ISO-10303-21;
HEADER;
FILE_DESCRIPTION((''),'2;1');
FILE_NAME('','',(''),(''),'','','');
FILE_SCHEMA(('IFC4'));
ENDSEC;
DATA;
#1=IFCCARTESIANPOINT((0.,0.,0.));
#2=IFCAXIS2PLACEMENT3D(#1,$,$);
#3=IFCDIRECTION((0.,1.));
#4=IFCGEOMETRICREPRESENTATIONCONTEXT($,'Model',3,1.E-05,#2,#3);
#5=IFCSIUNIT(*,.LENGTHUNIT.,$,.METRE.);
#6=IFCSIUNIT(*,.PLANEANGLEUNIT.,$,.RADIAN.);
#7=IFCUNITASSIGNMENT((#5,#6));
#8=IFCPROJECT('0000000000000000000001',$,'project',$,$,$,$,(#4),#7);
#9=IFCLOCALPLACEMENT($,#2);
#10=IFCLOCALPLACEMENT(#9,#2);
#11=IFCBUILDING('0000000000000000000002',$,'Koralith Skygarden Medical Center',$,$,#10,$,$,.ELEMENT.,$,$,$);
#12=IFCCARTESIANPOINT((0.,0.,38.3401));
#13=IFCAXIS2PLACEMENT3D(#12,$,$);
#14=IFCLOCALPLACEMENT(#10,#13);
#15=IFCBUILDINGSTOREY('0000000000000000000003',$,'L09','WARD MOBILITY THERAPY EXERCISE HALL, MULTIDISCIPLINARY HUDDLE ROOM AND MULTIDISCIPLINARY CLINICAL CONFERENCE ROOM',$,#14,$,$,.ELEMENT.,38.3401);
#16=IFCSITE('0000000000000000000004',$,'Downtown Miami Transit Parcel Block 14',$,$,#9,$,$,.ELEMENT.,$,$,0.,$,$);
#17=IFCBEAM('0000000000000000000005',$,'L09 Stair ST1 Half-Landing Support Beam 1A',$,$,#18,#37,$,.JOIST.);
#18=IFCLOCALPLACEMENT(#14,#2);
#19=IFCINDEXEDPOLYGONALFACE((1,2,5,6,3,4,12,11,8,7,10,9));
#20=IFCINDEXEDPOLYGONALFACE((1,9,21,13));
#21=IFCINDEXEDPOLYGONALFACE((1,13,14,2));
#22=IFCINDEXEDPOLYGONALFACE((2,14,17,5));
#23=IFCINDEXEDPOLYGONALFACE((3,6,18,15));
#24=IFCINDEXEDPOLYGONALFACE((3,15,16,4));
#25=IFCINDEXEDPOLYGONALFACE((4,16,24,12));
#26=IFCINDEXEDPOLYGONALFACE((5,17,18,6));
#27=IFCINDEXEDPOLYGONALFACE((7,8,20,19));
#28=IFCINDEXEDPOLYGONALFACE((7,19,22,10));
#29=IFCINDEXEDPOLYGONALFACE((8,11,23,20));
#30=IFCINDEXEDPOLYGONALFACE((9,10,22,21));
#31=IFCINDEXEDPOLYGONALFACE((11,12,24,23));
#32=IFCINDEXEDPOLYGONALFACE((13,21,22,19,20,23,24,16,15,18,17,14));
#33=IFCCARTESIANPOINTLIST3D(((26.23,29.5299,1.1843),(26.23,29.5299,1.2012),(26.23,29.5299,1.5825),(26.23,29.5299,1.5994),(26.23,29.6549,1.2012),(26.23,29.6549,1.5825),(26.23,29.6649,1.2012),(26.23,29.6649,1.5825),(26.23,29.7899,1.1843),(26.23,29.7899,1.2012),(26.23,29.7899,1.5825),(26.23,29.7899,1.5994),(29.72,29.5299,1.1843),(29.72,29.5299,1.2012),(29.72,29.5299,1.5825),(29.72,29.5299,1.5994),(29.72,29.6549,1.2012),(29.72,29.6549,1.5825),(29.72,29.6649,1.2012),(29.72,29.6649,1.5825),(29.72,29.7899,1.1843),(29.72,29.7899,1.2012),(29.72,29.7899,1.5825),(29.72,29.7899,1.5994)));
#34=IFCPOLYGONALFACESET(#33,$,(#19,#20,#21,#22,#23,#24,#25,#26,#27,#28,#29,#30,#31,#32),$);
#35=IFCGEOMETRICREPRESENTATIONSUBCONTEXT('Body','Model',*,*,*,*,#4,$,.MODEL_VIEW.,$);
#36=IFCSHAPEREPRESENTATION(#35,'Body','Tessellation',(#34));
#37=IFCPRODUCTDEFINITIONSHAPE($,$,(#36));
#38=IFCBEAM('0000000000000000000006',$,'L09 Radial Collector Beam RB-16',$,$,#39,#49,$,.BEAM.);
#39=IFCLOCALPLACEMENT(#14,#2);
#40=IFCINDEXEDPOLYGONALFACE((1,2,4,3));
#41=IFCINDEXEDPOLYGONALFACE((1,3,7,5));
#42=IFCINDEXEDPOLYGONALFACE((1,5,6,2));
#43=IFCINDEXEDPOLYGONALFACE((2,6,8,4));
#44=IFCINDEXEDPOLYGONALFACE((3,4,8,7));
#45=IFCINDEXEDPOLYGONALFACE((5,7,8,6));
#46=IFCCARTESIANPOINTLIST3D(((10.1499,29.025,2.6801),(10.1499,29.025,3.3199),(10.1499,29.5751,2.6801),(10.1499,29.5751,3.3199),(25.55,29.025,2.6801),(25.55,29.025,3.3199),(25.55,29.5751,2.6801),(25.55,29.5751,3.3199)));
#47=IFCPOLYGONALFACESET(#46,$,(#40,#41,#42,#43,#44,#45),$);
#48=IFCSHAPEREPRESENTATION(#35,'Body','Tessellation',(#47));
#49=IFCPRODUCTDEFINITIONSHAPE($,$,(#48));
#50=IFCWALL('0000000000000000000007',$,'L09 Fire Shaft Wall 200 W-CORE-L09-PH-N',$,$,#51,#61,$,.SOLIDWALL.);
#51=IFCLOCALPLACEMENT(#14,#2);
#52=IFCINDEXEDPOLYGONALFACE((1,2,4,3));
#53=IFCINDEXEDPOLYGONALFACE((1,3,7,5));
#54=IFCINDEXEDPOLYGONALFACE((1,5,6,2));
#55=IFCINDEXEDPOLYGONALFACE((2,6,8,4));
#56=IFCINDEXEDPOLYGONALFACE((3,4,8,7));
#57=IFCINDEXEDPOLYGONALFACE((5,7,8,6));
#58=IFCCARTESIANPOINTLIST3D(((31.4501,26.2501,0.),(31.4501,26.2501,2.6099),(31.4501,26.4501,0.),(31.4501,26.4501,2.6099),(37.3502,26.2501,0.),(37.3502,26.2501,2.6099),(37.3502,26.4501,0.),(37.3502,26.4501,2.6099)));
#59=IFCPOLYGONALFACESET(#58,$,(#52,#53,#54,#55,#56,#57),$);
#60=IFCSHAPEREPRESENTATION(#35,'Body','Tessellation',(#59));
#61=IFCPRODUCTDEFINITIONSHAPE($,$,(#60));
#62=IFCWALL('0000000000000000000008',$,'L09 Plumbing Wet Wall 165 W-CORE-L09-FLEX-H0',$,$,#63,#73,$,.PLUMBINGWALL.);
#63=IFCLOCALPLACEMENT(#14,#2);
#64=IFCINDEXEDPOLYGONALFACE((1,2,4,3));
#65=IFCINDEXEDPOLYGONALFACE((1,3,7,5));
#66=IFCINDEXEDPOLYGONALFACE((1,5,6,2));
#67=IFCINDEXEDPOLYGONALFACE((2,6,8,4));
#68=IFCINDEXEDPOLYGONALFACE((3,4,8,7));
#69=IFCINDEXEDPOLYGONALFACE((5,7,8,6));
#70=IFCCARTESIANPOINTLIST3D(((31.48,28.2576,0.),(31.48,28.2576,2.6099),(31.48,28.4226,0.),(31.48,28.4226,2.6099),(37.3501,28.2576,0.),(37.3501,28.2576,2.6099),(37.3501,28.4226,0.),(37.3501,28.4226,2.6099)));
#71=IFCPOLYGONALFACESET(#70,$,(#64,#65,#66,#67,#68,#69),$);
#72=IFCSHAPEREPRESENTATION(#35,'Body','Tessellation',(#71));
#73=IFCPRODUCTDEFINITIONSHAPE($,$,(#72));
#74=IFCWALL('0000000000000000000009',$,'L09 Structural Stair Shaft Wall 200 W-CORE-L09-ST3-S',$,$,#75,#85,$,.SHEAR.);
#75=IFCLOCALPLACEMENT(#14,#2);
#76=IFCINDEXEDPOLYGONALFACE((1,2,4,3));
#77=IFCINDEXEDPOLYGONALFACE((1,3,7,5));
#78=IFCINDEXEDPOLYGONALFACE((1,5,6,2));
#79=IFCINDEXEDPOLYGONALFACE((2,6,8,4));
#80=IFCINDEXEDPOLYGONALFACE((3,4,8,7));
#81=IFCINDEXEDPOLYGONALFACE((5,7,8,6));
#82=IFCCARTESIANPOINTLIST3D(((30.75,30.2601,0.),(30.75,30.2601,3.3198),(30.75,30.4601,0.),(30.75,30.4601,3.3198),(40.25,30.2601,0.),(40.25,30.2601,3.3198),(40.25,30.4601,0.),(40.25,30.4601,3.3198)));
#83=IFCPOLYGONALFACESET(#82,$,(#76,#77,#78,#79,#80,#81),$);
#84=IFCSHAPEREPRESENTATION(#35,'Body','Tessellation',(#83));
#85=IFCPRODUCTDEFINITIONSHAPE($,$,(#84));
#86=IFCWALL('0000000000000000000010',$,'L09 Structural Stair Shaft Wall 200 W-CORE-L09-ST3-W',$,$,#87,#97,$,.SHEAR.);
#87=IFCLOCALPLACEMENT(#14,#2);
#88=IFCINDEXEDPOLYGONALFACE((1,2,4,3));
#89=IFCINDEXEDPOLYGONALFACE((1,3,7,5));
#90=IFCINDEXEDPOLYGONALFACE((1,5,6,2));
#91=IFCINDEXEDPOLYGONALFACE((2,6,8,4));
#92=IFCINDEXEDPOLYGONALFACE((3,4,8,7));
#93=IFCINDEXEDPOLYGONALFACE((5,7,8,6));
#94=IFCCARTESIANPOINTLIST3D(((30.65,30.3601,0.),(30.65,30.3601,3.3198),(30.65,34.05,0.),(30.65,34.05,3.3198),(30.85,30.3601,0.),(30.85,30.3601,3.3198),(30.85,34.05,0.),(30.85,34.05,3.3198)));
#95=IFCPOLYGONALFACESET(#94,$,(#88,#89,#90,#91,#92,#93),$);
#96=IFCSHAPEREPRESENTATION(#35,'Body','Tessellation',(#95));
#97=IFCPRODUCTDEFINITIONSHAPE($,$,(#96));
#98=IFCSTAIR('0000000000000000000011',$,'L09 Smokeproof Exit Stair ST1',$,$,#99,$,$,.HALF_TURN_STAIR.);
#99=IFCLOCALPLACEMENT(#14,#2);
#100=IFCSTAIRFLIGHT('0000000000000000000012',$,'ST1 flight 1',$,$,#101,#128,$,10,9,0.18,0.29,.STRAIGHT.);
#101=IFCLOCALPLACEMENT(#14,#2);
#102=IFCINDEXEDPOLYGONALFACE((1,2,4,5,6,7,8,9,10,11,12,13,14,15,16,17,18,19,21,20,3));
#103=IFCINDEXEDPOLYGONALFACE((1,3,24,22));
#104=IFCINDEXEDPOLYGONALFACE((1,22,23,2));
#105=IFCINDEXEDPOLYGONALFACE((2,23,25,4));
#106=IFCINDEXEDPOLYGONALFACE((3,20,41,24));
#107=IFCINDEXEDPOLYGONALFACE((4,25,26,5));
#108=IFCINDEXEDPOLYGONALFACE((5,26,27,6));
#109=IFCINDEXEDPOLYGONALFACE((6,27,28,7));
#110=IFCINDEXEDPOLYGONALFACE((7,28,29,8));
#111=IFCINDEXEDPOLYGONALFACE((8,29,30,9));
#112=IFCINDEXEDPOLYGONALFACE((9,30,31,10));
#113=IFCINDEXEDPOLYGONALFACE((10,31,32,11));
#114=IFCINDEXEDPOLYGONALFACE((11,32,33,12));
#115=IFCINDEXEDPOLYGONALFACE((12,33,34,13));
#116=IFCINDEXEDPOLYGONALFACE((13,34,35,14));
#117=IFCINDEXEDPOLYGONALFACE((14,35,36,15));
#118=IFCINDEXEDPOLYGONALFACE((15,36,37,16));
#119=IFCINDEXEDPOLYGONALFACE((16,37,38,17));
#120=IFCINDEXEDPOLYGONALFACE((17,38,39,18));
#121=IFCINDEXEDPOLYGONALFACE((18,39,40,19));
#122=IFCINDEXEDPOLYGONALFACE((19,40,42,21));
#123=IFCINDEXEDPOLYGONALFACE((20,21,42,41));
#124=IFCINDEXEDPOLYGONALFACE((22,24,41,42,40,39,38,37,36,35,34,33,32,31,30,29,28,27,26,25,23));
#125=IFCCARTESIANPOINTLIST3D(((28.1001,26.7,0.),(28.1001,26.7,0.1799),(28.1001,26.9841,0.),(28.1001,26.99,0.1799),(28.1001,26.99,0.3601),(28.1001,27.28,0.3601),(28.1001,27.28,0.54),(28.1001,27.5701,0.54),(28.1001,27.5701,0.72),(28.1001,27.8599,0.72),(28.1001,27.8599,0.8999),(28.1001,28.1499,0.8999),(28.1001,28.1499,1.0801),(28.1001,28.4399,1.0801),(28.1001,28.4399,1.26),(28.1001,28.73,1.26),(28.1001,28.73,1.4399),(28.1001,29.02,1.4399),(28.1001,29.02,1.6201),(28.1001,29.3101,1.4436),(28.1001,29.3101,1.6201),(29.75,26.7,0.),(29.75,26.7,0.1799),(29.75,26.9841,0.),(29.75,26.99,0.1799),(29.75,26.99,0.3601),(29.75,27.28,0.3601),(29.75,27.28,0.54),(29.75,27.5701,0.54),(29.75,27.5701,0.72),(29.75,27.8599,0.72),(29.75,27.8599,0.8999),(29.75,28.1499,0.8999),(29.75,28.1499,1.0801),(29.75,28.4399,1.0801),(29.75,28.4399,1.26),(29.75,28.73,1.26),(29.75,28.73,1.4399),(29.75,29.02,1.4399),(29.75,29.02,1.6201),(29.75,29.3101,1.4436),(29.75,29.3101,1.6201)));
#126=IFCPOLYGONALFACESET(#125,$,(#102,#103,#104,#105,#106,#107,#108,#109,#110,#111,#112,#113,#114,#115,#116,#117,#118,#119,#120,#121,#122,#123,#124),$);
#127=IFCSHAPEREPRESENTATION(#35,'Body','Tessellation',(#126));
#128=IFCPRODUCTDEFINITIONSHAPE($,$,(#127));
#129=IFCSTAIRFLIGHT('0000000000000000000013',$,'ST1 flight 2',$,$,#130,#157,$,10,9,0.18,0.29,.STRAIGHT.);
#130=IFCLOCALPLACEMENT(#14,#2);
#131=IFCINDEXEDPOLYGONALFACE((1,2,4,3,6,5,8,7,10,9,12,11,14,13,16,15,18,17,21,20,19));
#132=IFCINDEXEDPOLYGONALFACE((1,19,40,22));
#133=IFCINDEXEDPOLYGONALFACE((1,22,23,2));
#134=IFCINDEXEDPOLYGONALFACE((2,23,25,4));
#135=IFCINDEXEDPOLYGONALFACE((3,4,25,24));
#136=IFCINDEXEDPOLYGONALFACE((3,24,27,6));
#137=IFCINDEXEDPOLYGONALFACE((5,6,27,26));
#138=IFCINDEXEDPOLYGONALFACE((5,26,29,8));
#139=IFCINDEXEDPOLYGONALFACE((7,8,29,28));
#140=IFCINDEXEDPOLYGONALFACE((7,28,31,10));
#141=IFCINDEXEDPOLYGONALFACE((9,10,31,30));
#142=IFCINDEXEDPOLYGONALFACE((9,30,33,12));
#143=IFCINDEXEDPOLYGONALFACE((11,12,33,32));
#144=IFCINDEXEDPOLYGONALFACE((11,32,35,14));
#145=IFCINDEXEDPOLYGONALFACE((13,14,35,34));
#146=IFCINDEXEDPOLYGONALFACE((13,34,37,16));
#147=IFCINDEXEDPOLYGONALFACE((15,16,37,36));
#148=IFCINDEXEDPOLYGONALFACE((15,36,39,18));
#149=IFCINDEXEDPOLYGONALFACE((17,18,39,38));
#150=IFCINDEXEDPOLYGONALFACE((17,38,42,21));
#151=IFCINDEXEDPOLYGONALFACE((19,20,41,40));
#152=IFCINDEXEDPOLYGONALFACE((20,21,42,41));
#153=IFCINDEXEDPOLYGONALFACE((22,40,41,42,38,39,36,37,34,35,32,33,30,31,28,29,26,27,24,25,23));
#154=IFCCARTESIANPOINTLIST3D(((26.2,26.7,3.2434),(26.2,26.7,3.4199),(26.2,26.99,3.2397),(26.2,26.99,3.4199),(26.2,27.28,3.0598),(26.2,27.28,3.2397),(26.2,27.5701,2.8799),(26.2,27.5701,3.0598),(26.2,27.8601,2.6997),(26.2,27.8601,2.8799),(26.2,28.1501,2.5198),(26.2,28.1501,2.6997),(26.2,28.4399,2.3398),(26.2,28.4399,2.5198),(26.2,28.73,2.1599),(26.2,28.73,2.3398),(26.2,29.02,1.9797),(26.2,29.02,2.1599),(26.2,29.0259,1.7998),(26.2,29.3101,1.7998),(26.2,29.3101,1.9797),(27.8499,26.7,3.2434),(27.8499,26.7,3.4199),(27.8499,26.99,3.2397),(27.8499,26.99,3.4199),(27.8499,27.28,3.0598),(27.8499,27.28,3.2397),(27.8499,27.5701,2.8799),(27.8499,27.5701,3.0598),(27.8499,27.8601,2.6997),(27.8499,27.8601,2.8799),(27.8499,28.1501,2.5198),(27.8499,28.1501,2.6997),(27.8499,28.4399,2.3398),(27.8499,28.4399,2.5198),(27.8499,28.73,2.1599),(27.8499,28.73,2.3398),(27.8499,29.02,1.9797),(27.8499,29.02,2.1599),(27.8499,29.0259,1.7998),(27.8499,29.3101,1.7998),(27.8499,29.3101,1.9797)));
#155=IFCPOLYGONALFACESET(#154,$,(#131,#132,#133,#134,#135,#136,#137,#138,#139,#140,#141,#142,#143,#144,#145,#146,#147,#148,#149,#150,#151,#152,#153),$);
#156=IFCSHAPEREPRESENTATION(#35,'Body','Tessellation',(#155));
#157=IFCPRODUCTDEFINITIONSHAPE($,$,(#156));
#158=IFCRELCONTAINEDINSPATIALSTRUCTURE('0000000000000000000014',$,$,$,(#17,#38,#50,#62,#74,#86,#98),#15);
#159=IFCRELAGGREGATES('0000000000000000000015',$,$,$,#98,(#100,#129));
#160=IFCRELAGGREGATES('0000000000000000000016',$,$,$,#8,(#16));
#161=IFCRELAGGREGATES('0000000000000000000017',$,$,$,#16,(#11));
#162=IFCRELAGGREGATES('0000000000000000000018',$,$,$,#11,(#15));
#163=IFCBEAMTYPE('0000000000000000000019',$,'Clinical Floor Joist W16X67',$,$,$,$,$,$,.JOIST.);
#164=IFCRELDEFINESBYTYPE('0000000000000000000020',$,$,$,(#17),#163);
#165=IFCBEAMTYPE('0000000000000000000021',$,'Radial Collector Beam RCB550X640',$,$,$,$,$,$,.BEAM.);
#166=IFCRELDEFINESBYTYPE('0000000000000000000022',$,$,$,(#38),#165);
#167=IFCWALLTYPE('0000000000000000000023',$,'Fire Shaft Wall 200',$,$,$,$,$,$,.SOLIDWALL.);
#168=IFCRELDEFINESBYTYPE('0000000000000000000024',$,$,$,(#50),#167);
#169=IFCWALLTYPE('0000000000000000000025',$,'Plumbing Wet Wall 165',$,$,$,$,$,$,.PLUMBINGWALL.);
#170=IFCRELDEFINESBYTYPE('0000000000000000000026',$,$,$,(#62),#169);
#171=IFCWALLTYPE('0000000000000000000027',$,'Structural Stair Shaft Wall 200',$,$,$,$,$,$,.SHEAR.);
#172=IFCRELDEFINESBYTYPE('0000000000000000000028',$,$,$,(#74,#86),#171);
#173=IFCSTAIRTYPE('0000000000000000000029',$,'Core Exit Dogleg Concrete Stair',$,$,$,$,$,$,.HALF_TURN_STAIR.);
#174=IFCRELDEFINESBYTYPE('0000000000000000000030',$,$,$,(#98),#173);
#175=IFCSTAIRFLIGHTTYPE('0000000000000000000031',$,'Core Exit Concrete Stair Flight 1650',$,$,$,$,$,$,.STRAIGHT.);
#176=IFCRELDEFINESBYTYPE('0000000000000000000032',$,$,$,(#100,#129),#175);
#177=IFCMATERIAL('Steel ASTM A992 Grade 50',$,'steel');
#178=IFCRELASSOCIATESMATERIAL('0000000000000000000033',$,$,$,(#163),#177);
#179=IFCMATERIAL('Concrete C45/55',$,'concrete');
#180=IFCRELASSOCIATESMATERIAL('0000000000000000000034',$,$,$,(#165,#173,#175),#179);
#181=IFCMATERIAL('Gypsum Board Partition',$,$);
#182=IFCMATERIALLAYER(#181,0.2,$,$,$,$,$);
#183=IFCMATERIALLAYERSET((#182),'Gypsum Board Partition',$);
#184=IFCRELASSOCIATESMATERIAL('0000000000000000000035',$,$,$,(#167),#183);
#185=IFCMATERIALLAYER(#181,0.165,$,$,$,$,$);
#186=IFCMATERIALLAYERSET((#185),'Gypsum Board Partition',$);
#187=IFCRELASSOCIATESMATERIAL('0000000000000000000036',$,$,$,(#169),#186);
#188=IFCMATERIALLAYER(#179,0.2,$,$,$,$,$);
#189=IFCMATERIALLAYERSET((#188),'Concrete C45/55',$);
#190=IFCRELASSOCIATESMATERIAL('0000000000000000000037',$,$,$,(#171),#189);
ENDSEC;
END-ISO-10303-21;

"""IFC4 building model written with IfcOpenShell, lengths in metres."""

from ifc_helpers import new_model, si_unit, direction, frame, frame_2d, origin, origin_2d, place, context, subcontext, project, spatial, polyline, rectangle, i_section, outline, extrude, material, layer, layer_set, material_profile, profile_set, type_object, element, aggregate, save


model = new_model("IFC4")

# Units and contexts
model_context = context("Model", 3, precision=1e-05, world=origin(), true_north=direction((0.0, 1.0)))
body_context = subcontext(model_context, "Body", "Model", "MODEL_VIEW")
ifc_project = project(units=[si_unit("LENGTHUNIT", "METRE"), si_unit("PLANEANGLEUNIT", "RADIAN")], contexts=[model_context])

# Site, building, storey
site_placement = place(None, origin())
site = spatial("IfcSite", under=ifc_project, at=site_placement, Name="Downtown Miami Transit Parcel Block 14", CompositionType="ELEMENT", RefElevation=0.0)
building_placement = place(site_placement, origin())
building = spatial("IfcBuilding", under=site, at=building_placement, Name="Koralith Skygarden Medical Center", CompositionType="ELEMENT")
storey_placement = place(building_placement, frame((0.0, 0.0, 38.3401)))
storey = spatial("IfcBuildingStorey", under=building, at=storey_placement, Name="L09", Description="WARD MOBILITY THERAPY EXERCISE HALL, MULTIDISCIPLINARY HUDDLE ROOM AND MULTIDISCIPLINARY CLINICAL CONFERENCE ROOM", CompositionType="ELEMENT", Elevation=38.3401)

# Beams
ifc_material_1 = material(Name="Steel ASTM A992 Grade 50", Category="steel")
ifc_material_profile_1 = material_profile(ifc_material_1, i_section(OverallWidth=0.26, OverallDepth=0.415, WebThickness=0.01, FlangeThickness=0.0168, at=origin_2d()), Name="W16X67")
ifc_profile_set_1 = profile_set([ifc_material_profile_1], Name="Steel ASTM A992 Grade 50")
beam_type_1 = type_object("IfcBeamType", Name="Clinical Floor Joist W16X67", PredefinedType="JOIST", material=ifc_profile_set_1)
beam_1_placement = place(storey_placement, frame((26.23, 29.6599, 1.3918), z_axis=(1.0, 0.0, 0.0), x_axis=(0.0, 1.0, 0.0)))
element("IfcBeam", 1, at=beam_1_placement, inside=storey, type_object=beam_type_1, Name="L09 Stair ST1 Half-Landing Support Beam 1A", PredefinedType="JOIST", context=body_context, shape_type="SweptSolid", body=[
    extrude(i_section(OverallWidth=0.26, OverallDepth=0.415, WebThickness=0.01, FlangeThickness=0.0168, at=origin_2d()), origin(), (0.0, 0.0, 1.0), 3.49),
])
ifc_material_2 = material(Name="Concrete C45/55", Category="concrete")
ifc_material_profile_2 = material_profile(ifc_material_2, rectangle(XDim=0.55, YDim=0.6399, at=origin_2d()), Name="RCB550X640")
ifc_profile_set_2 = profile_set([ifc_material_profile_2], Name="Concrete C45/55")
beam_type_2 = type_object("IfcBeamType", Name="Radial Collector Beam RCB550X640", PredefinedType="BEAM", material=ifc_profile_set_2)
beam_2_placement = place(storey_placement, frame((25.55, 29.3, 3.0), z_axis=(-1.0, 0.0, 0.0), x_axis=(0.0, -1.0, 0.0)))
element("IfcBeam", 2, at=beam_2_placement, inside=storey, type_object=beam_type_2, Name="L09 Radial Collector Beam RB-16", PredefinedType="BEAM", context=body_context, shape_type="SweptSolid", body=[
    extrude(rectangle(XDim=0.55, YDim=0.6399, at=origin_2d()), origin(), (0.0, 0.0, 1.0), 15.4001),
])

# Wall
ifc_material_3 = material(Name="Gypsum Board Partition")
ifc_layer_1 = layer(ifc_material_3, 0.2)
ifc_layer_set_1 = layer_set([ifc_layer_1], Name="Gypsum Board Partition")
wall_type_1 = type_object("IfcWallType", Name="Fire Shaft Wall 200", PredefinedType="SOLIDWALL", material=ifc_layer_set_1)
wall_1_placement = place(storey_placement, frame((31.45, 26.3501, 0.0), z_axis=(0.0, 0.0, 1.0), x_axis=(1.0, 0.0, 0.0)))
element("IfcWall", 3, at=wall_1_placement, inside=storey, type_object=wall_type_1, Name="L09 Fire Shaft Wall 200 W-CORE-L09-PH-N", PredefinedType="SOLIDWALL", context=body_context, shape_type="SweptSolid", body=[
    extrude(rectangle(XDim=5.9001, YDim=0.2, at=frame_2d((2.9502, 0.0))), origin(), (0.0, 0.0, 1.0), 2.6099),
])

# Shared definitions
ifc_layer_2 = layer(ifc_material_3, 0.165)
ifc_layer_set_2 = layer_set([ifc_layer_2], Name="Gypsum Board Partition")
wall_type_2 = type_object("IfcWallType", Name="Plumbing Wet Wall 165", PredefinedType="PLUMBINGWALL", material=ifc_layer_set_2)

# Walls
wall_2_placement = place(storey_placement, frame((31.48, 28.3401, 0.0), z_axis=(0.0, 0.0, 1.0), x_axis=(1.0, 0.0, 0.0)))
element("IfcWall", 4, at=wall_2_placement, inside=storey, type_object=wall_type_2, Name="L09 Plumbing Wet Wall 165 W-CORE-L09-FLEX-H0", PredefinedType="PLUMBINGWALL", context=body_context, shape_type="SweptSolid", body=[
    extrude(rectangle(XDim=5.8701, YDim=0.165, at=frame_2d((2.9351, 0.0))), origin(), (0.0, 0.0, 1.0), 2.6099),
])
ifc_layer_3 = layer(ifc_material_2, 0.2)
ifc_layer_set_3 = layer_set([ifc_layer_3], Name="Concrete C45/55")
wall_type_3 = type_object("IfcWallType", Name="Structural Stair Shaft Wall 200", PredefinedType="SHEAR", material=ifc_layer_set_3)
wall_3_placement = place(storey_placement, frame((30.75, 30.3601, 0.0), z_axis=(0.0, 0.0, 1.0), x_axis=(1.0, 0.0, 0.0)))
element("IfcWall", 5, at=wall_3_placement, inside=storey, type_object=wall_type_3, Name="L09 Structural Stair Shaft Wall 200 W-CORE-L09-ST3-S", PredefinedType="SHEAR", context=body_context, shape_type="SweptSolid", body=[
    extrude(rectangle(XDim=9.5, YDim=0.2, at=frame_2d((4.75, 0.0))), origin(), (0.0, 0.0, 1.0), 3.3198),
])
wall_4_placement = place(storey_placement, frame((30.75, 30.3601, 0.0), z_axis=(0.0, 0.0, 1.0), x_axis=(0.0, 1.0, 0.0)))
element("IfcWall", 6, at=wall_4_placement, inside=storey, type_object=wall_type_3, Name="L09 Structural Stair Shaft Wall 200 W-CORE-L09-ST3-W", PredefinedType="SHEAR", context=body_context, shape_type="SweptSolid", body=[
    extrude(rectangle(XDim=3.6899, YDim=0.2, at=frame_2d((1.845, 0.0))), origin(), (0.0, 0.0, 1.0), 3.3198),
])

# Stair, stair flights
stair_type = type_object("IfcStairType", Name="Core Exit Dogleg Concrete Stair", PredefinedType="HALF_TURN_STAIR", material=ifc_material_2)
stair_1_placement = place(storey_placement, origin())
stair_1 = element("IfcStair", 7, at=stair_1_placement, inside=storey, type_object=stair_type, Name="L09 Smokeproof Exit Stair ST1", PredefinedType="HALF_TURN_STAIR")
stair_flight_type = type_object("IfcStairFlightType", Name="Core Exit Concrete Stair Flight 1650", PredefinedType="STRAIGHT", material=ifc_material_2)
stair_flight_1_placement = place(storey_placement, frame((28.925, 26.7, 0.0), z_axis=(0.0, 0.0, 1.0), x_axis=(0.0, 1.0, 0.0)))
stair_flight_1 = element("IfcStairFlight", 8, at=stair_flight_1_placement, type_object=stair_flight_type, Name="ST1 flight 1", NumberOfRisers=10, NumberOfTreads=9, PredefinedType="STRAIGHT", RiserHeight=0.18, TreadLength=0.29, context=body_context, shape_type="SweptSolid", body=[
    extrude(outline(polyline([(0.0, 0.0), (0.0, 0.1799), (0.29, 0.1799), (0.29, 0.3601), (0.5801, 0.3601), (0.5801, 0.54), (0.8701, 0.54), (0.8701, 0.72), (1.1599, 0.72), (1.1599, 0.8999), (1.45, 0.8999), (1.45, 1.0801), (1.74, 1.0801), (1.74, 1.26), (2.03, 1.26), (2.03, 1.4399), (2.3201, 1.4399), (2.3201, 1.6201), (2.6101, 1.6201), (2.6101, 1.8), (2.6101, 1.4436), (0.2842, 0.0), (0.0, 0.0)])), frame((0.0, 0.825, 0.0), z_axis=(0.0, -1.0, 0.0), x_axis=(1.0, 0.0, 0.0)), (0.0, 0.0, 1.0), 1.6499),
])
stair_flight_2_placement = place(storey_placement, frame((27.0249, 29.3101, 1.7998), z_axis=(0.0, 0.0, 1.0), x_axis=(0.0, -1.0, 0.0)))
stair_flight_2 = element("IfcStairFlight", 9, at=stair_flight_2_placement, type_object=stair_flight_type, Name="ST1 flight 2", NumberOfRisers=10, NumberOfTreads=9, PredefinedType="STRAIGHT", RiserHeight=0.18, TreadLength=0.29, context=body_context, shape_type="SweptSolid", body=[
    extrude(outline(polyline([(0.0, 0.0), (0.0, 0.1799), (0.29, 0.1799), (0.29, 0.3601), (0.5801, 0.3601), (0.5801, 0.54), (0.8701, 0.54), (0.8701, 0.72), (1.1599, 0.72), (1.1599, 0.8999), (1.45, 0.8999), (1.45, 1.0801), (1.74, 1.0801), (1.74, 1.26), (2.03, 1.26), (2.03, 1.4399), (2.3201, 1.4399), (2.3201, 1.6201), (2.6101, 1.6201), (2.6101, 1.8), (2.6101, 1.4436), (0.2842, 0.0), (0.0, 0.0)])), frame((0.0, 0.825, 0.0), z_axis=(0.0, -1.0, 0.0), x_axis=(1.0, 0.0, 0.0)), (0.0, 0.0, 1.0), 1.6499),
])
aggregate(stair_1, [stair_flight_1, stair_flight_2])

save(model, "model.ifc")
